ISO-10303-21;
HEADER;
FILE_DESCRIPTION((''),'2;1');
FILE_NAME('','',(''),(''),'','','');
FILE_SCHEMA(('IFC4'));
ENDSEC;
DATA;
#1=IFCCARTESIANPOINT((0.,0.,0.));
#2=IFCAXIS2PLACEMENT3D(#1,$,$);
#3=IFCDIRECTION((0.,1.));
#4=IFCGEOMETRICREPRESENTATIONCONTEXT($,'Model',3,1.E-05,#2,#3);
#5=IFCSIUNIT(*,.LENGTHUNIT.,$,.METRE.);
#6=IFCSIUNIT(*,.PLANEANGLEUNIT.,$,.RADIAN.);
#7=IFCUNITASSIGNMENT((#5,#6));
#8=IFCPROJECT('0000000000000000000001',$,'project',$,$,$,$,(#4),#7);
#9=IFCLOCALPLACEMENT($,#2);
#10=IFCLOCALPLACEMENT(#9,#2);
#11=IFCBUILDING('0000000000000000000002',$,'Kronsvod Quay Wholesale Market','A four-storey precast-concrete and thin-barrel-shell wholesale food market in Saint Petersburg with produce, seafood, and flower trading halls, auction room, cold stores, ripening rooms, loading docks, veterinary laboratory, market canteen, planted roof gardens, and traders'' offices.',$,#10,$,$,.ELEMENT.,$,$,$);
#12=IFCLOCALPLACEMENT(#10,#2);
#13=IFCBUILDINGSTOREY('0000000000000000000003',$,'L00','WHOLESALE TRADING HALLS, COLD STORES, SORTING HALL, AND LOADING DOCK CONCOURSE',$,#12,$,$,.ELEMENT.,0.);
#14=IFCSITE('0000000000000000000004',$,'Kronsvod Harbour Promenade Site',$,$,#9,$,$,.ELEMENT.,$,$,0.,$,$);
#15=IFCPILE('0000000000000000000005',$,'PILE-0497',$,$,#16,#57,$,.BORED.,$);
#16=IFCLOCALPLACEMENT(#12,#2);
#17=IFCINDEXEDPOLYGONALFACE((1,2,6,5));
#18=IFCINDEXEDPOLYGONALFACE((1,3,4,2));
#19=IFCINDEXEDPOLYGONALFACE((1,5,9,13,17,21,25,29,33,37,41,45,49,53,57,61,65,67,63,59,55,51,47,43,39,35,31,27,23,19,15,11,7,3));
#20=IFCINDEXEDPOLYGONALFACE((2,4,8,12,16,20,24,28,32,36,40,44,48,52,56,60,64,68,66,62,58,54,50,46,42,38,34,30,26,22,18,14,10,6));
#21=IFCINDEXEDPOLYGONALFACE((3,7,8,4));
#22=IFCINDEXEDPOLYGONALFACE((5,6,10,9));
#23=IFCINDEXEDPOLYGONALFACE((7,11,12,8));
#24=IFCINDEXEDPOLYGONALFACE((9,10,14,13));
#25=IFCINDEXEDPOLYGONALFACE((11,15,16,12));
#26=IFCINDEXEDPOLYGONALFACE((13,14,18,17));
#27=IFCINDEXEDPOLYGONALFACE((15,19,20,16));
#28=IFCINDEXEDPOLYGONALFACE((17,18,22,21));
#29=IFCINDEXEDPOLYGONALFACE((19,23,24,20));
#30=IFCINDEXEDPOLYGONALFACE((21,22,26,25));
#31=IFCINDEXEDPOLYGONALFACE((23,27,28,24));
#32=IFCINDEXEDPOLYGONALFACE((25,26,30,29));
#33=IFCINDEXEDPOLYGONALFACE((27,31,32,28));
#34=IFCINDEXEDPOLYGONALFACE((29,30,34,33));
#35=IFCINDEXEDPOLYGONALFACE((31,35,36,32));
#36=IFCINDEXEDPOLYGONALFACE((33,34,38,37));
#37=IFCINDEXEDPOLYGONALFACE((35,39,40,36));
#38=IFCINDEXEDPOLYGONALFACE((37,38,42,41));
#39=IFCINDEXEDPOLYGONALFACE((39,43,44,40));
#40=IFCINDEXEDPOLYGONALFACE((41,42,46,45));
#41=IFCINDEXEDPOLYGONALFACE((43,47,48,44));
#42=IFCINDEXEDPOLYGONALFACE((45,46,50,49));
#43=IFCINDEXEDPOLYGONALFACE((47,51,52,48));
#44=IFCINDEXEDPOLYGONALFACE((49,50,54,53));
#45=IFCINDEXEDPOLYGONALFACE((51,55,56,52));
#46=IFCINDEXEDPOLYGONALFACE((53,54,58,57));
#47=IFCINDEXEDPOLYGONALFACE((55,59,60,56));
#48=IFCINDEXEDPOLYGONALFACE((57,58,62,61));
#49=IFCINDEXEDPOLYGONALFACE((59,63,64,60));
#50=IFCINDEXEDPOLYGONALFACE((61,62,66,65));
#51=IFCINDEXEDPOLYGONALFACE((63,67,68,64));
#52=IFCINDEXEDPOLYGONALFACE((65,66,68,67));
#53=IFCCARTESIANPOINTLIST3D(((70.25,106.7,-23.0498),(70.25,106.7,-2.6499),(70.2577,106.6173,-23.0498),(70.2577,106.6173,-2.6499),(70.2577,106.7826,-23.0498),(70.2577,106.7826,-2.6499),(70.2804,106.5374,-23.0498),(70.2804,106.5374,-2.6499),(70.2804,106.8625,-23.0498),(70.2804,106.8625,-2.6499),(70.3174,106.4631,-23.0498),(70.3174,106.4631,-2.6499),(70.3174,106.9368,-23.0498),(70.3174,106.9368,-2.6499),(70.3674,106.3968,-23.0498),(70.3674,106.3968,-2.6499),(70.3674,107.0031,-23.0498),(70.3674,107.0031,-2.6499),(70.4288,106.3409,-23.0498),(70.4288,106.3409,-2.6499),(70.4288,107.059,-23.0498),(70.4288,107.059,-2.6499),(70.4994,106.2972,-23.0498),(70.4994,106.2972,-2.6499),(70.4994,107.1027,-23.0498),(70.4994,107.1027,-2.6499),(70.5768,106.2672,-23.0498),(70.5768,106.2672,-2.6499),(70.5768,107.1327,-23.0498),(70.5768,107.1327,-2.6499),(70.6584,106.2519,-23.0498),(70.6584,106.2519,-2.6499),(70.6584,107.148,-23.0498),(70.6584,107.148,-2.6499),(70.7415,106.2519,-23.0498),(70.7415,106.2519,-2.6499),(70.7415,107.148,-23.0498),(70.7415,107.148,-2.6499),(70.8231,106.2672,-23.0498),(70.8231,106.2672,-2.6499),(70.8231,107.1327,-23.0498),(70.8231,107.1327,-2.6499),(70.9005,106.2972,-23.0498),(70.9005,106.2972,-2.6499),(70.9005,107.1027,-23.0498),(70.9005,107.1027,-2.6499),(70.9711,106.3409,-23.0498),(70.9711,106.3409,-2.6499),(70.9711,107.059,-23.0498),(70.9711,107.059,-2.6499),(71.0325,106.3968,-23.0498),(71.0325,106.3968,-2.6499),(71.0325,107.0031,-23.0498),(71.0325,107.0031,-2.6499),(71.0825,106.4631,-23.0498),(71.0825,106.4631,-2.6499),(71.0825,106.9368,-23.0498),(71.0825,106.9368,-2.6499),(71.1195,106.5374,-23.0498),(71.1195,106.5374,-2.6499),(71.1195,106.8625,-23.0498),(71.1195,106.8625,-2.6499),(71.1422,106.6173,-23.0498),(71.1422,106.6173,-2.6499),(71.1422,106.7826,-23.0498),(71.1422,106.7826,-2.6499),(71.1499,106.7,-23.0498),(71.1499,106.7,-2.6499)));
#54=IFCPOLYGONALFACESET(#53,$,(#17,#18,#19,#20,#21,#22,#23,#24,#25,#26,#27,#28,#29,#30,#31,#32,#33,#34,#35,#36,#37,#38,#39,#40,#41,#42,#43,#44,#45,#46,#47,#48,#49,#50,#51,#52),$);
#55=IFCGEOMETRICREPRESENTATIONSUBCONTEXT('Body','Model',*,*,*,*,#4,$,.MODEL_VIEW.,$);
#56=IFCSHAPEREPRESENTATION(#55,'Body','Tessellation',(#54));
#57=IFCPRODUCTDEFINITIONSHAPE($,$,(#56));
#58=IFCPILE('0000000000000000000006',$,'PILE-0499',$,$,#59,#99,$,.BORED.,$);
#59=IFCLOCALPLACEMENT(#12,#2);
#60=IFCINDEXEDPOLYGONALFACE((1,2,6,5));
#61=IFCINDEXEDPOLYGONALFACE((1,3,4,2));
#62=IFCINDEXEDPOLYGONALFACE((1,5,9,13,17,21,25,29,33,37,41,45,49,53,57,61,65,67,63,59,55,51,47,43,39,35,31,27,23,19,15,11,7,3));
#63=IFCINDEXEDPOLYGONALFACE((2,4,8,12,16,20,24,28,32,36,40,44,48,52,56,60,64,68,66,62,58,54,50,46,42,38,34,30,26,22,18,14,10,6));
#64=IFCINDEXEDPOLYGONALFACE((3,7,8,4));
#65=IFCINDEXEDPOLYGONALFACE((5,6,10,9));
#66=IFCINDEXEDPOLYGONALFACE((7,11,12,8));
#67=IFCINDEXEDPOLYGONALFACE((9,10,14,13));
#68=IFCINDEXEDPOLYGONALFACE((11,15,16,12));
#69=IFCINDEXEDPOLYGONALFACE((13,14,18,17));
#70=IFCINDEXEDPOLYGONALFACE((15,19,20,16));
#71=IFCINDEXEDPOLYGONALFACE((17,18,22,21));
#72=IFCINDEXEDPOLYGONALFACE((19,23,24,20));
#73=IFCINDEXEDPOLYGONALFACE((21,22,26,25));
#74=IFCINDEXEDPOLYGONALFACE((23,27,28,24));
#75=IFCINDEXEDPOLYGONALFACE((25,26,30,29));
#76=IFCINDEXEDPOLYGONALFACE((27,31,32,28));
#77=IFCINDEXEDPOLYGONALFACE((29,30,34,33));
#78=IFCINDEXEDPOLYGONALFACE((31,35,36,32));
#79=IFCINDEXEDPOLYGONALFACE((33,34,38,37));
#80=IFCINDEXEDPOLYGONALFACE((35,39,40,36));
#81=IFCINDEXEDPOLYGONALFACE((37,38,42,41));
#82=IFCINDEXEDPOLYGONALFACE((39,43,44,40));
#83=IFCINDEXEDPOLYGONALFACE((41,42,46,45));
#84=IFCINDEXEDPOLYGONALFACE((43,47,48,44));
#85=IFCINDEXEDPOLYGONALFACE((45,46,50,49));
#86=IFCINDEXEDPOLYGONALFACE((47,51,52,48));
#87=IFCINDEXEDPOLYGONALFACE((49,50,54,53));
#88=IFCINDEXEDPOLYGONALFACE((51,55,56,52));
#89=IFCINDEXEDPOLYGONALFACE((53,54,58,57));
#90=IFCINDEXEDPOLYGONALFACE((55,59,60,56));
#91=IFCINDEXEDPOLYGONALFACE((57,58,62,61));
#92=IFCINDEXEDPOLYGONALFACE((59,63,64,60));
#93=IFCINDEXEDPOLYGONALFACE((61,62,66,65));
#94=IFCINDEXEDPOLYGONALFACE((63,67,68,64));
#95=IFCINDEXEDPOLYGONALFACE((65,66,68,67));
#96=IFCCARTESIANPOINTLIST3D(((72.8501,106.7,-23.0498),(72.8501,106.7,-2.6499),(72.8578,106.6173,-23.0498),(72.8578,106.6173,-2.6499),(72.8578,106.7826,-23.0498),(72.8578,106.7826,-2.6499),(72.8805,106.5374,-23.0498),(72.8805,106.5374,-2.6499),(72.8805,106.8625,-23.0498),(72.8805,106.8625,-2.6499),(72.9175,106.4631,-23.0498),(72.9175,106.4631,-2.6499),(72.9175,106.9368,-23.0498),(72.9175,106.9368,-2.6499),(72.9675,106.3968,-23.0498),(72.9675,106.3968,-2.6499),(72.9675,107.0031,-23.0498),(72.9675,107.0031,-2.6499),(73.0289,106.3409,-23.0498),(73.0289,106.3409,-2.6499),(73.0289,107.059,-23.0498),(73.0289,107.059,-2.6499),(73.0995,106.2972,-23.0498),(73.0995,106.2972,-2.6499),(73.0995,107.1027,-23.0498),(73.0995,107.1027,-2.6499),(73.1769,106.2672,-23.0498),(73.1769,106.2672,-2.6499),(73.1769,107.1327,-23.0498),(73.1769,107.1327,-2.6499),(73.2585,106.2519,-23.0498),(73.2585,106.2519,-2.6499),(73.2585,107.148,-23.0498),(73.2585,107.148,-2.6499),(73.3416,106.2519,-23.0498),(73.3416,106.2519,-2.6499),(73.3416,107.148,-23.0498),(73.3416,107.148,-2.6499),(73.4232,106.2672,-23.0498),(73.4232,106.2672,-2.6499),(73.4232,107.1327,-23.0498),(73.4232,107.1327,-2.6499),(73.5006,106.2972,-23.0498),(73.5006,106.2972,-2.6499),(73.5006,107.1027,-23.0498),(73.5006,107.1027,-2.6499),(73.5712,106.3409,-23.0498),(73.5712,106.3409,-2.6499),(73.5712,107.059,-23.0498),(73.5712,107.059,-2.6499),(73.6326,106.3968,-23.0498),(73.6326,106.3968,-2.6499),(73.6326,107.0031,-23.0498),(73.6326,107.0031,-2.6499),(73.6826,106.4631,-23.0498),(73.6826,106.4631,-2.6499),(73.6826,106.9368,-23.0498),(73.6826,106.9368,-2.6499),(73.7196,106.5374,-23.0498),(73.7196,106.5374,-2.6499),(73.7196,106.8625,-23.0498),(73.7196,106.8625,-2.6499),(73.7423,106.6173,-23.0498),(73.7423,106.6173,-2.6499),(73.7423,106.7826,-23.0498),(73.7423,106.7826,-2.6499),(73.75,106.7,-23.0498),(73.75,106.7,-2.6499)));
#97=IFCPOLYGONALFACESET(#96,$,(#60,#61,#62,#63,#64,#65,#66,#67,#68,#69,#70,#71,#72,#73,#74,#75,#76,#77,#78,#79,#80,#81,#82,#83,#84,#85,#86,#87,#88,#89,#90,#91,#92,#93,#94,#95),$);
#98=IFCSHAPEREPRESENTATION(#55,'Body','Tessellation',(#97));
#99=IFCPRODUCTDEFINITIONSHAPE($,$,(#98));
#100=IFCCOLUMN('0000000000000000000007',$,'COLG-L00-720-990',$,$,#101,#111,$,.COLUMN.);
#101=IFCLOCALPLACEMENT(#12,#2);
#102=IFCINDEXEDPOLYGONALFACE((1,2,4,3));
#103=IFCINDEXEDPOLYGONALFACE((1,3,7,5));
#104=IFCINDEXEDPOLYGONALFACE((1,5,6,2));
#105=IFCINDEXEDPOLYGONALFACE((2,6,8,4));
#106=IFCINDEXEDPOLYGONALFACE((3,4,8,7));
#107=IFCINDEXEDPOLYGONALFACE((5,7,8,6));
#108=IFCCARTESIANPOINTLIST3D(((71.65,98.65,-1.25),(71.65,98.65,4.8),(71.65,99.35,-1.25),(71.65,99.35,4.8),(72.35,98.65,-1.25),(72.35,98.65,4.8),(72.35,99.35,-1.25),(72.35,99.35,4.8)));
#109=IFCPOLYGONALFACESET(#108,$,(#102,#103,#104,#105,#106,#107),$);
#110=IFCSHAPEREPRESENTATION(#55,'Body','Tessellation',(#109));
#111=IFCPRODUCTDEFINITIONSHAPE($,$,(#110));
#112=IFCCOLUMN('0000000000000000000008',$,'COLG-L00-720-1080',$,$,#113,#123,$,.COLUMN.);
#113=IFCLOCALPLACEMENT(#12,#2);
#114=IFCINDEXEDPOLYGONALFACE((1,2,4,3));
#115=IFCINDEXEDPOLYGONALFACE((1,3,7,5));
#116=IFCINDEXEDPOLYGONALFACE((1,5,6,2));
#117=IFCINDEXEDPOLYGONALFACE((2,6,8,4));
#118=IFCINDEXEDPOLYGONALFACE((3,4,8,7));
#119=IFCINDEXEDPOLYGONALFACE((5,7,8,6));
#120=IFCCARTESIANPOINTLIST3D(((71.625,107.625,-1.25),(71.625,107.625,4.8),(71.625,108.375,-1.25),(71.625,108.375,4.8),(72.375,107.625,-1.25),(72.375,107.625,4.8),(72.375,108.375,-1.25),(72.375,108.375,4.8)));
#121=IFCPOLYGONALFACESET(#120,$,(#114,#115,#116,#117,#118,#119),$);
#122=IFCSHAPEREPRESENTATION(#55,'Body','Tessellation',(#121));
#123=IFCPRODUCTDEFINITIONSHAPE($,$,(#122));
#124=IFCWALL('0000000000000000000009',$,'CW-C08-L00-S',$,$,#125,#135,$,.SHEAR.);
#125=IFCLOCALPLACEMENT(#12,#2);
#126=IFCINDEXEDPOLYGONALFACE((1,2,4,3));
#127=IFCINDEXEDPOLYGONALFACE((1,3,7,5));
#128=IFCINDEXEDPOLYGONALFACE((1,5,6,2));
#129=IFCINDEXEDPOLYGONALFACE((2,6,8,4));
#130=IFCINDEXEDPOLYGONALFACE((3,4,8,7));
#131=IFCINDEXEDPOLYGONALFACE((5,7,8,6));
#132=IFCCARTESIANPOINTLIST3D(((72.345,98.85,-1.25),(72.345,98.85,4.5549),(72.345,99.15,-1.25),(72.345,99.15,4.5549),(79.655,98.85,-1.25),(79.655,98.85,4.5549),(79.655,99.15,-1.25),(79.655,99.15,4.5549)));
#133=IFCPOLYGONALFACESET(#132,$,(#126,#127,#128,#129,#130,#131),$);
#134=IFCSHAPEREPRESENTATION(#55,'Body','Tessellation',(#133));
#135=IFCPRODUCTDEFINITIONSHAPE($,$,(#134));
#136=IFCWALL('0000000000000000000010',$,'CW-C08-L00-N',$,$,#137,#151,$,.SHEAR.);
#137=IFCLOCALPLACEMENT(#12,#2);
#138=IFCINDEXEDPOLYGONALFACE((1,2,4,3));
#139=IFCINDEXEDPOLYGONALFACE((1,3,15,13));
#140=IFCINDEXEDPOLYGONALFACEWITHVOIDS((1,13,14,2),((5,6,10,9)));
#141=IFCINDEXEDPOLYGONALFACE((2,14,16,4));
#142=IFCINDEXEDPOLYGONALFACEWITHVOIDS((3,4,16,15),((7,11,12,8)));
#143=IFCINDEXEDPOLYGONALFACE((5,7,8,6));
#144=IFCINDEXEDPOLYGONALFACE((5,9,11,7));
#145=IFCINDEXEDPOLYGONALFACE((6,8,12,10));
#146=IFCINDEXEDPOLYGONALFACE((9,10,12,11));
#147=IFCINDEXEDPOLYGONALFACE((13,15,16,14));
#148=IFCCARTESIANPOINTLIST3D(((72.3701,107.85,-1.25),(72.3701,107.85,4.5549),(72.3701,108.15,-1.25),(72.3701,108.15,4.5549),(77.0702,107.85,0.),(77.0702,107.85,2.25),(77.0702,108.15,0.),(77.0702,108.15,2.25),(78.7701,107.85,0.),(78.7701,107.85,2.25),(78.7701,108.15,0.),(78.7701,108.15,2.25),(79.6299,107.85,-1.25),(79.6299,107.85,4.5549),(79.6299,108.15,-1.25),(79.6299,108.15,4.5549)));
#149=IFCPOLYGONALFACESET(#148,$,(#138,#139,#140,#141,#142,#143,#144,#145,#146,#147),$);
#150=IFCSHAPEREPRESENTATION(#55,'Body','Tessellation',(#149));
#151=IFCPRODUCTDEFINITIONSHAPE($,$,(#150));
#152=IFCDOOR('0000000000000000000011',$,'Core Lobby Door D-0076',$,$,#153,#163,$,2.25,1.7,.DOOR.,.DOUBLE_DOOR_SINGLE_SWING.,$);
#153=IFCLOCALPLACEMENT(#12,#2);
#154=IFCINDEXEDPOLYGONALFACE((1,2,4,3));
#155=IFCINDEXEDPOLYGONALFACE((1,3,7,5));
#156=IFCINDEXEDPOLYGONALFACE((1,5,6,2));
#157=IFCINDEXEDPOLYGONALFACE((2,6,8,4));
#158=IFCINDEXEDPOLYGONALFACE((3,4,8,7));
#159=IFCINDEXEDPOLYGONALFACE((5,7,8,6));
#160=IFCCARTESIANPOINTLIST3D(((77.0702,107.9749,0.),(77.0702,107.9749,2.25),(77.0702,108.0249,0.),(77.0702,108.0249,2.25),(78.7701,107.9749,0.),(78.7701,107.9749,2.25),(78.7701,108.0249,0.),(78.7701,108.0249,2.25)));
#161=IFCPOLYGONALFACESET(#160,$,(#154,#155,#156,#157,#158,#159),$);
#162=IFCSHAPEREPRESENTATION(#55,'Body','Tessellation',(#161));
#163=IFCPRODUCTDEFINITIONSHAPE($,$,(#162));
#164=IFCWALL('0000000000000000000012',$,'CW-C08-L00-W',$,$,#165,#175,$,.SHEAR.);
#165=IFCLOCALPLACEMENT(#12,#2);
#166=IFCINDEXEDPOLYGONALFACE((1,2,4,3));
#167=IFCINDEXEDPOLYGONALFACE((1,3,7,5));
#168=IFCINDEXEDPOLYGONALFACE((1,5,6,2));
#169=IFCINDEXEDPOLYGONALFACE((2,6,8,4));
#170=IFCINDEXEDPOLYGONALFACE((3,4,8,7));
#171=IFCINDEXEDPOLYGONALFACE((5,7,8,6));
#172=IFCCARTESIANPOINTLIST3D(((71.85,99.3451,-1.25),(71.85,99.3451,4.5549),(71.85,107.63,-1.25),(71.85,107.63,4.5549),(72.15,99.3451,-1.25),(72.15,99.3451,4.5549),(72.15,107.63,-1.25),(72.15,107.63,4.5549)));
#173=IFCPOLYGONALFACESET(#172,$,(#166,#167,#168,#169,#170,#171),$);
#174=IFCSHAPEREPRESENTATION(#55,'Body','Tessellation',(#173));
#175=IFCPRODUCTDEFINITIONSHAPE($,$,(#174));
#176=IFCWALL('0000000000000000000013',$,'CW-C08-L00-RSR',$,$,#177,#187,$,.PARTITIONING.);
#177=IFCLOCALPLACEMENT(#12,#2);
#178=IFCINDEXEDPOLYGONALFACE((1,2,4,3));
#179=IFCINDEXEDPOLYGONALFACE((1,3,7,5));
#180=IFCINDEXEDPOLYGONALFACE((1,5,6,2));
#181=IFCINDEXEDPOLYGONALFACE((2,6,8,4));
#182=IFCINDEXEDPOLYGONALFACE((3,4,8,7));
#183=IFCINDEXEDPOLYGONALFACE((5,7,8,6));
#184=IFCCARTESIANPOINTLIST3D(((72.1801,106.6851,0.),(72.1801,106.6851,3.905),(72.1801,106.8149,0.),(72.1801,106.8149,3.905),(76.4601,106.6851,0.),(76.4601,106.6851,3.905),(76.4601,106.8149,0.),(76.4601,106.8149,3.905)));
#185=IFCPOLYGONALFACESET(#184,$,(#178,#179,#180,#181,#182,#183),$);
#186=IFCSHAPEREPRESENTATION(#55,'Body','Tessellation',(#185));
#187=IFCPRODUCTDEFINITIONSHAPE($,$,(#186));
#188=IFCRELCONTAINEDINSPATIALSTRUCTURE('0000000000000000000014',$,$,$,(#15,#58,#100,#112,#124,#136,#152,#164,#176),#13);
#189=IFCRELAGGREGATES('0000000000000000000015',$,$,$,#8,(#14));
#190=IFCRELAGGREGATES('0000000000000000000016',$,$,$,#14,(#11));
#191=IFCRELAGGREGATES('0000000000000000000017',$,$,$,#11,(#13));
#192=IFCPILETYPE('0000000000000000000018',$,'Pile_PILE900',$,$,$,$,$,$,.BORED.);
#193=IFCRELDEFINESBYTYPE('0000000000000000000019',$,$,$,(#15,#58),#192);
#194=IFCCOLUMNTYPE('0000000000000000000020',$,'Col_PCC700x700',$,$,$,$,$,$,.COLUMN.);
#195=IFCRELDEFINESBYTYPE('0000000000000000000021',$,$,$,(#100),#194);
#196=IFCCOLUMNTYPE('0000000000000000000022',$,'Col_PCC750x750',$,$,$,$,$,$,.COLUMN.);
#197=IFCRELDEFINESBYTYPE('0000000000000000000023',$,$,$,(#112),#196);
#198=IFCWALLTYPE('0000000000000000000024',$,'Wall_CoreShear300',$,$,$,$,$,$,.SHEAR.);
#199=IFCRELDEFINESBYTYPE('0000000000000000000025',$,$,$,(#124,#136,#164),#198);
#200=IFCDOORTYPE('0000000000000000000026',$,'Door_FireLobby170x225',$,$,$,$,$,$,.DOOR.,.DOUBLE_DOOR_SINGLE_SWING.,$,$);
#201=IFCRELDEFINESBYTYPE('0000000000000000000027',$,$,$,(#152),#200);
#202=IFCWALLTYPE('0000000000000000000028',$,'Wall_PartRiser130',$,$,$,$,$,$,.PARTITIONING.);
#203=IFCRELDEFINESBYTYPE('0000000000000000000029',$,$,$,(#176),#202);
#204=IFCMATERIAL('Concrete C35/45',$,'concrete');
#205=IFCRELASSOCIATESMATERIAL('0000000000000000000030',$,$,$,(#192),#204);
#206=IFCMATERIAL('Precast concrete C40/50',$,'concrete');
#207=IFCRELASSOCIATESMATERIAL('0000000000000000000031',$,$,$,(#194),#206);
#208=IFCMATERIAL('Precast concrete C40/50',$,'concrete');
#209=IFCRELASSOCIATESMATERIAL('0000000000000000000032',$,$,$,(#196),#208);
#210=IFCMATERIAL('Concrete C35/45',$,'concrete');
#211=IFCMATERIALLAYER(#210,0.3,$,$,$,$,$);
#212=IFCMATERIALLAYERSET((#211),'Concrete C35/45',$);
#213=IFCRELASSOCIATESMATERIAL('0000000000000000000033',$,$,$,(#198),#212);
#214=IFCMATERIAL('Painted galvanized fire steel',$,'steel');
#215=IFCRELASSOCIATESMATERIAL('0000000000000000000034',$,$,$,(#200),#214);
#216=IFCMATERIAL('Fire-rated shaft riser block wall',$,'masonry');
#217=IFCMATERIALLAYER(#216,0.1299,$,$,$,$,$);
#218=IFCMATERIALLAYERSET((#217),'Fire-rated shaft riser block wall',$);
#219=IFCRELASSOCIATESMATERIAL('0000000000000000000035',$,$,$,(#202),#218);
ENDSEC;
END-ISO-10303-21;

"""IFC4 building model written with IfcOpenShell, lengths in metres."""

from ifc_helpers import new_model, si_unit, direction, frame, frame_2d, origin, origin_2d, place, context, subcontext, project, spatial, rectangle, circle, extrude, material, layer, layer_set, material_profile, profile_set, type_object, element, fill, save


model = new_model("IFC4")

# Units and contexts
model_context = context("Model", 3, precision=1e-05, world=origin(), true_north=direction((0.0, 1.0)))
body_context = subcontext(model_context, "Body", "Model", "MODEL_VIEW")
ifc_project = project(units=[si_unit("LENGTHUNIT", "METRE"), si_unit("PLANEANGLEUNIT", "RADIAN")], contexts=[model_context])

# Site, building, storey
site_placement = place(None, origin())
site = spatial("IfcSite", under=ifc_project, at=site_placement, Name="Kronsvod Harbour Promenade Site", CompositionType="ELEMENT", RefElevation=0.0)
building_placement = place(site_placement, origin())
building = spatial("IfcBuilding", under=site, at=building_placement, Name="Kronsvod Quay Wholesale Market", Description="A four-storey precast-concrete and thin-barrel-shell wholesale food market in Saint Petersburg with produce, seafood, and flower trading halls, auction room, cold stores, ripening rooms, loading docks, veterinary laboratory, market canteen, planted roof gardens, and traders' offices.", CompositionType="ELEMENT")
storey_placement = place(building_placement, origin())
storey = spatial("IfcBuildingStorey", under=building, at=storey_placement, Name="L00", Description="WHOLESALE TRADING HALLS, COLD STORES, SORTING HALL, AND LOADING DOCK CONCOURSE", CompositionType="ELEMENT", Elevation=0.0)

# Piles
ifc_material_1 = material(Name="Concrete C35/45", Category="concrete")
ifc_material_profile_1 = material_profile(ifc_material_1, circle(Radius=0.45, at=origin_2d()), Name="PILE900")
ifc_profile_set_1 = profile_set([ifc_material_profile_1], Name="Concrete C35/45")
pile_type = type_object("IfcPileType", Name="Pile_PILE900", PredefinedType="BORED", material=ifc_profile_set_1)
for number, where, z_axis, x_axis, name in (
    (1, (70.7, 106.7, -2.6499), (0.0, 0.0, -1.0), (1.0, 0.0, 0.0), "PILE-0497"),
    (2, (73.3, 106.7, -2.6499), (0.0, 0.0, -1.0), (1.0, 0.0, 0.0), "PILE-0499"),
):
    element("IfcPile", number, at=place(storey_placement, frame(where, z_axis=z_axis, x_axis=x_axis)), inside=storey, type_object=pile_type, Name=name, PredefinedType="BORED", context=body_context, shape_type="SweptSolid", body=[
        extrude(circle(Radius=0.45, at=origin_2d()), origin(), (0.0, 0.0, 1.0), 20.3999),
    ])

# Columns
ifc_material_2 = material(Name="Precast concrete C40/50", Category="concrete")
ifc_material_profile_2 = material_profile(ifc_material_2, rectangle(XDim=0.7, YDim=0.7, at=origin_2d()), Name="PCC700x700")
ifc_profile_set_2 = profile_set([ifc_material_profile_2], Name="Precast concrete C40/50")
column_type_1 = type_object("IfcColumnType", Name="Col_PCC700x700", PredefinedType="COLUMN", material=ifc_profile_set_2)
column_1_placement = place(storey_placement, frame((72.0, 99.0, -1.25), z_axis=(0.0, 0.0, 1.0), x_axis=(1.0, 0.0, 0.0)))
element("IfcColumn", 3, at=column_1_placement, inside=storey, type_object=column_type_1, Name="COLG-L00-720-990", PredefinedType="COLUMN", context=body_context, shape_type="SweptSolid", body=[
    extrude(rectangle(XDim=0.7, YDim=0.7, at=origin_2d()), origin(), (0.0, 0.0, 1.0), 6.05),
])
ifc_material_3 = material(Name="Precast concrete C40/50", Category="concrete")
ifc_material_profile_3 = material_profile(ifc_material_3, rectangle(XDim=0.75, YDim=0.75, at=origin_2d()), Name="COL-07")
ifc_profile_set_3 = profile_set([ifc_material_profile_3], Name="Precast concrete C40/50")
column_type_2 = type_object("IfcColumnType", Name="Col_PCC750x750", PredefinedType="COLUMN", material=ifc_profile_set_3)
column_2_placement = place(storey_placement, frame((72.0, 108.0, -1.25), z_axis=(0.0, 0.0, 1.0), x_axis=(1.0, 0.0, 0.0)))
element("IfcColumn", 4, at=column_2_placement, inside=storey, type_object=column_type_2, Name="COLG-L00-720-1080", PredefinedType="COLUMN", context=body_context, shape_type="SweptSolid", body=[
    extrude(rectangle(XDim=0.75, YDim=0.75, at=origin_2d()), origin(), (0.0, 0.0, 1.0), 6.05),
])

# Wall
ifc_material_4 = material(Name="Concrete C35/45", Category="concrete")
ifc_layer_1 = layer(ifc_material_4, 0.3)
ifc_layer_set_1 = layer_set([ifc_layer_1], Name="Concrete C35/45")
wall_type_1 = type_object("IfcWallType", Name="Wall_CoreShear300", PredefinedType="SHEAR", material=ifc_layer_set_1)
wall_1_placement = place(storey_placement, frame((72.345, 99.0, -1.25), z_axis=(0.0, 0.0, 1.0), x_axis=(1.0, 0.0, 0.0)))
element("IfcWall", 5, at=wall_1_placement, inside=storey, type_object=wall_type_1, Name="CW-C08-L00-S", PredefinedType="SHEAR", context=body_context, shape_type="SweptSolid", body=[
    extrude(rectangle(XDim=7.3101, YDim=0.3, at=frame_2d((3.655, 0.0))), origin(), (0.0, 0.0, 1.0), 5.8049),
])

# Wall, opening, door
wall_2_placement = place(storey_placement, frame((72.3701, 108.0, -1.25), z_axis=(0.0, 0.0, 1.0), x_axis=(1.0, 0.0, 0.0)))
wall_2 = element("IfcWall", 6, at=wall_2_placement, inside=storey, type_object=wall_type_1, Name="CW-C08-L00-N", PredefinedType="SHEAR", context=body_context, shape_type="SweptSolid", body=[
    extrude(rectangle(XDim=7.2598, YDim=0.3, at=frame_2d((3.6299, 0.0))), origin(), (0.0, 0.0, 1.0), 5.8049),
])
opening_1_placement = place(wall_2_placement, frame((4.7, 0.0, 1.25)))
opening_1 = element("IfcOpeningElement", 7, at=opening_1_placement, cuts=wall_2, PredefinedType="OPENING", context=body_context, shape_type="SweptSolid", body=[
    extrude(rectangle(XDim=1.7, YDim=2.25, at=frame_2d((0.8501, 1.125))), frame((0.0, 0.1602, 0.0), z_axis=(0.0, -1.0, 0.0), x_axis=(1.0, 0.0, 0.0)), (0.0, 0.0, 1.0), 0.3201),
])
ifc_material_5 = material(Name="Painted galvanized fire steel", Category="steel")
door_type_1 = type_object("IfcDoorType", Name="Door_FireLobby170x225", OperationType="DOUBLE_DOOR_SINGLE_SWING", PredefinedType="DOOR", material=ifc_material_5)
door_1_placement = place(opening_1_placement, origin())
door_1 = element("IfcDoor", 8, at=door_1_placement, inside=storey, type_object=door_type_1, Name="Core Lobby Door D-0076", OperationType="DOUBLE_DOOR_SINGLE_SWING", OverallHeight=2.25, OverallWidth=1.7, PredefinedType="DOOR", context=body_context, shape_type="SweptSolid", body=[
    extrude(rectangle(XDim=1.7, YDim=2.25, at=frame_2d((0.8501, 1.125))), frame((0.0, 0.0249, 0.0), z_axis=(0.0, -1.0, 0.0), x_axis=(1.0, 0.0, 0.0)), (0.0, 0.0, 1.0), 0.05),
])
fill(opening_1, door_1)

# Walls
wall_3_placement = place(storey_placement, frame((72.0, 99.345, -1.25), z_axis=(0.0, 0.0, 1.0), x_axis=(0.0, 1.0, 0.0)))
element("IfcWall", 9, at=wall_3_placement, inside=storey, type_object=wall_type_1, Name="CW-C08-L00-W", PredefinedType="SHEAR", context=body_context, shape_type="SweptSolid", body=[
    extrude(rectangle(XDim=8.2849, YDim=0.3, at=frame_2d((4.1426, 0.0))), origin(), (0.0, 0.0, 1.0), 5.8049),
])
ifc_material_6 = material(Name="Fire-rated shaft riser block wall", Category="masonry")
ifc_layer_2 = layer(ifc_material_6, 0.1299)
ifc_layer_set_2 = layer_set([ifc_layer_2], Name="Fire-rated shaft riser block wall")
wall_type_2 = type_object("IfcWallType", Name="Wall_PartRiser130", PredefinedType="PARTITIONING", material=ifc_layer_set_2)
wall_4_placement = place(storey_placement, frame((72.1799, 106.75, 0.0), z_axis=(0.0, 0.0, 1.0), x_axis=(1.0, 0.0, 0.0)))
element("IfcWall", 10, at=wall_4_placement, inside=storey, type_object=wall_type_2, Name="CW-C08-L00-RSR", PredefinedType="PARTITIONING", context=body_context, shape_type="SweptSolid", body=[
    extrude(rectangle(XDim=4.28, YDim=0.1299, at=frame_2d((2.1401, 0.0))), origin(), (0.0, 0.0, 1.0), 3.905),
])

save(model, "model.ifc")
